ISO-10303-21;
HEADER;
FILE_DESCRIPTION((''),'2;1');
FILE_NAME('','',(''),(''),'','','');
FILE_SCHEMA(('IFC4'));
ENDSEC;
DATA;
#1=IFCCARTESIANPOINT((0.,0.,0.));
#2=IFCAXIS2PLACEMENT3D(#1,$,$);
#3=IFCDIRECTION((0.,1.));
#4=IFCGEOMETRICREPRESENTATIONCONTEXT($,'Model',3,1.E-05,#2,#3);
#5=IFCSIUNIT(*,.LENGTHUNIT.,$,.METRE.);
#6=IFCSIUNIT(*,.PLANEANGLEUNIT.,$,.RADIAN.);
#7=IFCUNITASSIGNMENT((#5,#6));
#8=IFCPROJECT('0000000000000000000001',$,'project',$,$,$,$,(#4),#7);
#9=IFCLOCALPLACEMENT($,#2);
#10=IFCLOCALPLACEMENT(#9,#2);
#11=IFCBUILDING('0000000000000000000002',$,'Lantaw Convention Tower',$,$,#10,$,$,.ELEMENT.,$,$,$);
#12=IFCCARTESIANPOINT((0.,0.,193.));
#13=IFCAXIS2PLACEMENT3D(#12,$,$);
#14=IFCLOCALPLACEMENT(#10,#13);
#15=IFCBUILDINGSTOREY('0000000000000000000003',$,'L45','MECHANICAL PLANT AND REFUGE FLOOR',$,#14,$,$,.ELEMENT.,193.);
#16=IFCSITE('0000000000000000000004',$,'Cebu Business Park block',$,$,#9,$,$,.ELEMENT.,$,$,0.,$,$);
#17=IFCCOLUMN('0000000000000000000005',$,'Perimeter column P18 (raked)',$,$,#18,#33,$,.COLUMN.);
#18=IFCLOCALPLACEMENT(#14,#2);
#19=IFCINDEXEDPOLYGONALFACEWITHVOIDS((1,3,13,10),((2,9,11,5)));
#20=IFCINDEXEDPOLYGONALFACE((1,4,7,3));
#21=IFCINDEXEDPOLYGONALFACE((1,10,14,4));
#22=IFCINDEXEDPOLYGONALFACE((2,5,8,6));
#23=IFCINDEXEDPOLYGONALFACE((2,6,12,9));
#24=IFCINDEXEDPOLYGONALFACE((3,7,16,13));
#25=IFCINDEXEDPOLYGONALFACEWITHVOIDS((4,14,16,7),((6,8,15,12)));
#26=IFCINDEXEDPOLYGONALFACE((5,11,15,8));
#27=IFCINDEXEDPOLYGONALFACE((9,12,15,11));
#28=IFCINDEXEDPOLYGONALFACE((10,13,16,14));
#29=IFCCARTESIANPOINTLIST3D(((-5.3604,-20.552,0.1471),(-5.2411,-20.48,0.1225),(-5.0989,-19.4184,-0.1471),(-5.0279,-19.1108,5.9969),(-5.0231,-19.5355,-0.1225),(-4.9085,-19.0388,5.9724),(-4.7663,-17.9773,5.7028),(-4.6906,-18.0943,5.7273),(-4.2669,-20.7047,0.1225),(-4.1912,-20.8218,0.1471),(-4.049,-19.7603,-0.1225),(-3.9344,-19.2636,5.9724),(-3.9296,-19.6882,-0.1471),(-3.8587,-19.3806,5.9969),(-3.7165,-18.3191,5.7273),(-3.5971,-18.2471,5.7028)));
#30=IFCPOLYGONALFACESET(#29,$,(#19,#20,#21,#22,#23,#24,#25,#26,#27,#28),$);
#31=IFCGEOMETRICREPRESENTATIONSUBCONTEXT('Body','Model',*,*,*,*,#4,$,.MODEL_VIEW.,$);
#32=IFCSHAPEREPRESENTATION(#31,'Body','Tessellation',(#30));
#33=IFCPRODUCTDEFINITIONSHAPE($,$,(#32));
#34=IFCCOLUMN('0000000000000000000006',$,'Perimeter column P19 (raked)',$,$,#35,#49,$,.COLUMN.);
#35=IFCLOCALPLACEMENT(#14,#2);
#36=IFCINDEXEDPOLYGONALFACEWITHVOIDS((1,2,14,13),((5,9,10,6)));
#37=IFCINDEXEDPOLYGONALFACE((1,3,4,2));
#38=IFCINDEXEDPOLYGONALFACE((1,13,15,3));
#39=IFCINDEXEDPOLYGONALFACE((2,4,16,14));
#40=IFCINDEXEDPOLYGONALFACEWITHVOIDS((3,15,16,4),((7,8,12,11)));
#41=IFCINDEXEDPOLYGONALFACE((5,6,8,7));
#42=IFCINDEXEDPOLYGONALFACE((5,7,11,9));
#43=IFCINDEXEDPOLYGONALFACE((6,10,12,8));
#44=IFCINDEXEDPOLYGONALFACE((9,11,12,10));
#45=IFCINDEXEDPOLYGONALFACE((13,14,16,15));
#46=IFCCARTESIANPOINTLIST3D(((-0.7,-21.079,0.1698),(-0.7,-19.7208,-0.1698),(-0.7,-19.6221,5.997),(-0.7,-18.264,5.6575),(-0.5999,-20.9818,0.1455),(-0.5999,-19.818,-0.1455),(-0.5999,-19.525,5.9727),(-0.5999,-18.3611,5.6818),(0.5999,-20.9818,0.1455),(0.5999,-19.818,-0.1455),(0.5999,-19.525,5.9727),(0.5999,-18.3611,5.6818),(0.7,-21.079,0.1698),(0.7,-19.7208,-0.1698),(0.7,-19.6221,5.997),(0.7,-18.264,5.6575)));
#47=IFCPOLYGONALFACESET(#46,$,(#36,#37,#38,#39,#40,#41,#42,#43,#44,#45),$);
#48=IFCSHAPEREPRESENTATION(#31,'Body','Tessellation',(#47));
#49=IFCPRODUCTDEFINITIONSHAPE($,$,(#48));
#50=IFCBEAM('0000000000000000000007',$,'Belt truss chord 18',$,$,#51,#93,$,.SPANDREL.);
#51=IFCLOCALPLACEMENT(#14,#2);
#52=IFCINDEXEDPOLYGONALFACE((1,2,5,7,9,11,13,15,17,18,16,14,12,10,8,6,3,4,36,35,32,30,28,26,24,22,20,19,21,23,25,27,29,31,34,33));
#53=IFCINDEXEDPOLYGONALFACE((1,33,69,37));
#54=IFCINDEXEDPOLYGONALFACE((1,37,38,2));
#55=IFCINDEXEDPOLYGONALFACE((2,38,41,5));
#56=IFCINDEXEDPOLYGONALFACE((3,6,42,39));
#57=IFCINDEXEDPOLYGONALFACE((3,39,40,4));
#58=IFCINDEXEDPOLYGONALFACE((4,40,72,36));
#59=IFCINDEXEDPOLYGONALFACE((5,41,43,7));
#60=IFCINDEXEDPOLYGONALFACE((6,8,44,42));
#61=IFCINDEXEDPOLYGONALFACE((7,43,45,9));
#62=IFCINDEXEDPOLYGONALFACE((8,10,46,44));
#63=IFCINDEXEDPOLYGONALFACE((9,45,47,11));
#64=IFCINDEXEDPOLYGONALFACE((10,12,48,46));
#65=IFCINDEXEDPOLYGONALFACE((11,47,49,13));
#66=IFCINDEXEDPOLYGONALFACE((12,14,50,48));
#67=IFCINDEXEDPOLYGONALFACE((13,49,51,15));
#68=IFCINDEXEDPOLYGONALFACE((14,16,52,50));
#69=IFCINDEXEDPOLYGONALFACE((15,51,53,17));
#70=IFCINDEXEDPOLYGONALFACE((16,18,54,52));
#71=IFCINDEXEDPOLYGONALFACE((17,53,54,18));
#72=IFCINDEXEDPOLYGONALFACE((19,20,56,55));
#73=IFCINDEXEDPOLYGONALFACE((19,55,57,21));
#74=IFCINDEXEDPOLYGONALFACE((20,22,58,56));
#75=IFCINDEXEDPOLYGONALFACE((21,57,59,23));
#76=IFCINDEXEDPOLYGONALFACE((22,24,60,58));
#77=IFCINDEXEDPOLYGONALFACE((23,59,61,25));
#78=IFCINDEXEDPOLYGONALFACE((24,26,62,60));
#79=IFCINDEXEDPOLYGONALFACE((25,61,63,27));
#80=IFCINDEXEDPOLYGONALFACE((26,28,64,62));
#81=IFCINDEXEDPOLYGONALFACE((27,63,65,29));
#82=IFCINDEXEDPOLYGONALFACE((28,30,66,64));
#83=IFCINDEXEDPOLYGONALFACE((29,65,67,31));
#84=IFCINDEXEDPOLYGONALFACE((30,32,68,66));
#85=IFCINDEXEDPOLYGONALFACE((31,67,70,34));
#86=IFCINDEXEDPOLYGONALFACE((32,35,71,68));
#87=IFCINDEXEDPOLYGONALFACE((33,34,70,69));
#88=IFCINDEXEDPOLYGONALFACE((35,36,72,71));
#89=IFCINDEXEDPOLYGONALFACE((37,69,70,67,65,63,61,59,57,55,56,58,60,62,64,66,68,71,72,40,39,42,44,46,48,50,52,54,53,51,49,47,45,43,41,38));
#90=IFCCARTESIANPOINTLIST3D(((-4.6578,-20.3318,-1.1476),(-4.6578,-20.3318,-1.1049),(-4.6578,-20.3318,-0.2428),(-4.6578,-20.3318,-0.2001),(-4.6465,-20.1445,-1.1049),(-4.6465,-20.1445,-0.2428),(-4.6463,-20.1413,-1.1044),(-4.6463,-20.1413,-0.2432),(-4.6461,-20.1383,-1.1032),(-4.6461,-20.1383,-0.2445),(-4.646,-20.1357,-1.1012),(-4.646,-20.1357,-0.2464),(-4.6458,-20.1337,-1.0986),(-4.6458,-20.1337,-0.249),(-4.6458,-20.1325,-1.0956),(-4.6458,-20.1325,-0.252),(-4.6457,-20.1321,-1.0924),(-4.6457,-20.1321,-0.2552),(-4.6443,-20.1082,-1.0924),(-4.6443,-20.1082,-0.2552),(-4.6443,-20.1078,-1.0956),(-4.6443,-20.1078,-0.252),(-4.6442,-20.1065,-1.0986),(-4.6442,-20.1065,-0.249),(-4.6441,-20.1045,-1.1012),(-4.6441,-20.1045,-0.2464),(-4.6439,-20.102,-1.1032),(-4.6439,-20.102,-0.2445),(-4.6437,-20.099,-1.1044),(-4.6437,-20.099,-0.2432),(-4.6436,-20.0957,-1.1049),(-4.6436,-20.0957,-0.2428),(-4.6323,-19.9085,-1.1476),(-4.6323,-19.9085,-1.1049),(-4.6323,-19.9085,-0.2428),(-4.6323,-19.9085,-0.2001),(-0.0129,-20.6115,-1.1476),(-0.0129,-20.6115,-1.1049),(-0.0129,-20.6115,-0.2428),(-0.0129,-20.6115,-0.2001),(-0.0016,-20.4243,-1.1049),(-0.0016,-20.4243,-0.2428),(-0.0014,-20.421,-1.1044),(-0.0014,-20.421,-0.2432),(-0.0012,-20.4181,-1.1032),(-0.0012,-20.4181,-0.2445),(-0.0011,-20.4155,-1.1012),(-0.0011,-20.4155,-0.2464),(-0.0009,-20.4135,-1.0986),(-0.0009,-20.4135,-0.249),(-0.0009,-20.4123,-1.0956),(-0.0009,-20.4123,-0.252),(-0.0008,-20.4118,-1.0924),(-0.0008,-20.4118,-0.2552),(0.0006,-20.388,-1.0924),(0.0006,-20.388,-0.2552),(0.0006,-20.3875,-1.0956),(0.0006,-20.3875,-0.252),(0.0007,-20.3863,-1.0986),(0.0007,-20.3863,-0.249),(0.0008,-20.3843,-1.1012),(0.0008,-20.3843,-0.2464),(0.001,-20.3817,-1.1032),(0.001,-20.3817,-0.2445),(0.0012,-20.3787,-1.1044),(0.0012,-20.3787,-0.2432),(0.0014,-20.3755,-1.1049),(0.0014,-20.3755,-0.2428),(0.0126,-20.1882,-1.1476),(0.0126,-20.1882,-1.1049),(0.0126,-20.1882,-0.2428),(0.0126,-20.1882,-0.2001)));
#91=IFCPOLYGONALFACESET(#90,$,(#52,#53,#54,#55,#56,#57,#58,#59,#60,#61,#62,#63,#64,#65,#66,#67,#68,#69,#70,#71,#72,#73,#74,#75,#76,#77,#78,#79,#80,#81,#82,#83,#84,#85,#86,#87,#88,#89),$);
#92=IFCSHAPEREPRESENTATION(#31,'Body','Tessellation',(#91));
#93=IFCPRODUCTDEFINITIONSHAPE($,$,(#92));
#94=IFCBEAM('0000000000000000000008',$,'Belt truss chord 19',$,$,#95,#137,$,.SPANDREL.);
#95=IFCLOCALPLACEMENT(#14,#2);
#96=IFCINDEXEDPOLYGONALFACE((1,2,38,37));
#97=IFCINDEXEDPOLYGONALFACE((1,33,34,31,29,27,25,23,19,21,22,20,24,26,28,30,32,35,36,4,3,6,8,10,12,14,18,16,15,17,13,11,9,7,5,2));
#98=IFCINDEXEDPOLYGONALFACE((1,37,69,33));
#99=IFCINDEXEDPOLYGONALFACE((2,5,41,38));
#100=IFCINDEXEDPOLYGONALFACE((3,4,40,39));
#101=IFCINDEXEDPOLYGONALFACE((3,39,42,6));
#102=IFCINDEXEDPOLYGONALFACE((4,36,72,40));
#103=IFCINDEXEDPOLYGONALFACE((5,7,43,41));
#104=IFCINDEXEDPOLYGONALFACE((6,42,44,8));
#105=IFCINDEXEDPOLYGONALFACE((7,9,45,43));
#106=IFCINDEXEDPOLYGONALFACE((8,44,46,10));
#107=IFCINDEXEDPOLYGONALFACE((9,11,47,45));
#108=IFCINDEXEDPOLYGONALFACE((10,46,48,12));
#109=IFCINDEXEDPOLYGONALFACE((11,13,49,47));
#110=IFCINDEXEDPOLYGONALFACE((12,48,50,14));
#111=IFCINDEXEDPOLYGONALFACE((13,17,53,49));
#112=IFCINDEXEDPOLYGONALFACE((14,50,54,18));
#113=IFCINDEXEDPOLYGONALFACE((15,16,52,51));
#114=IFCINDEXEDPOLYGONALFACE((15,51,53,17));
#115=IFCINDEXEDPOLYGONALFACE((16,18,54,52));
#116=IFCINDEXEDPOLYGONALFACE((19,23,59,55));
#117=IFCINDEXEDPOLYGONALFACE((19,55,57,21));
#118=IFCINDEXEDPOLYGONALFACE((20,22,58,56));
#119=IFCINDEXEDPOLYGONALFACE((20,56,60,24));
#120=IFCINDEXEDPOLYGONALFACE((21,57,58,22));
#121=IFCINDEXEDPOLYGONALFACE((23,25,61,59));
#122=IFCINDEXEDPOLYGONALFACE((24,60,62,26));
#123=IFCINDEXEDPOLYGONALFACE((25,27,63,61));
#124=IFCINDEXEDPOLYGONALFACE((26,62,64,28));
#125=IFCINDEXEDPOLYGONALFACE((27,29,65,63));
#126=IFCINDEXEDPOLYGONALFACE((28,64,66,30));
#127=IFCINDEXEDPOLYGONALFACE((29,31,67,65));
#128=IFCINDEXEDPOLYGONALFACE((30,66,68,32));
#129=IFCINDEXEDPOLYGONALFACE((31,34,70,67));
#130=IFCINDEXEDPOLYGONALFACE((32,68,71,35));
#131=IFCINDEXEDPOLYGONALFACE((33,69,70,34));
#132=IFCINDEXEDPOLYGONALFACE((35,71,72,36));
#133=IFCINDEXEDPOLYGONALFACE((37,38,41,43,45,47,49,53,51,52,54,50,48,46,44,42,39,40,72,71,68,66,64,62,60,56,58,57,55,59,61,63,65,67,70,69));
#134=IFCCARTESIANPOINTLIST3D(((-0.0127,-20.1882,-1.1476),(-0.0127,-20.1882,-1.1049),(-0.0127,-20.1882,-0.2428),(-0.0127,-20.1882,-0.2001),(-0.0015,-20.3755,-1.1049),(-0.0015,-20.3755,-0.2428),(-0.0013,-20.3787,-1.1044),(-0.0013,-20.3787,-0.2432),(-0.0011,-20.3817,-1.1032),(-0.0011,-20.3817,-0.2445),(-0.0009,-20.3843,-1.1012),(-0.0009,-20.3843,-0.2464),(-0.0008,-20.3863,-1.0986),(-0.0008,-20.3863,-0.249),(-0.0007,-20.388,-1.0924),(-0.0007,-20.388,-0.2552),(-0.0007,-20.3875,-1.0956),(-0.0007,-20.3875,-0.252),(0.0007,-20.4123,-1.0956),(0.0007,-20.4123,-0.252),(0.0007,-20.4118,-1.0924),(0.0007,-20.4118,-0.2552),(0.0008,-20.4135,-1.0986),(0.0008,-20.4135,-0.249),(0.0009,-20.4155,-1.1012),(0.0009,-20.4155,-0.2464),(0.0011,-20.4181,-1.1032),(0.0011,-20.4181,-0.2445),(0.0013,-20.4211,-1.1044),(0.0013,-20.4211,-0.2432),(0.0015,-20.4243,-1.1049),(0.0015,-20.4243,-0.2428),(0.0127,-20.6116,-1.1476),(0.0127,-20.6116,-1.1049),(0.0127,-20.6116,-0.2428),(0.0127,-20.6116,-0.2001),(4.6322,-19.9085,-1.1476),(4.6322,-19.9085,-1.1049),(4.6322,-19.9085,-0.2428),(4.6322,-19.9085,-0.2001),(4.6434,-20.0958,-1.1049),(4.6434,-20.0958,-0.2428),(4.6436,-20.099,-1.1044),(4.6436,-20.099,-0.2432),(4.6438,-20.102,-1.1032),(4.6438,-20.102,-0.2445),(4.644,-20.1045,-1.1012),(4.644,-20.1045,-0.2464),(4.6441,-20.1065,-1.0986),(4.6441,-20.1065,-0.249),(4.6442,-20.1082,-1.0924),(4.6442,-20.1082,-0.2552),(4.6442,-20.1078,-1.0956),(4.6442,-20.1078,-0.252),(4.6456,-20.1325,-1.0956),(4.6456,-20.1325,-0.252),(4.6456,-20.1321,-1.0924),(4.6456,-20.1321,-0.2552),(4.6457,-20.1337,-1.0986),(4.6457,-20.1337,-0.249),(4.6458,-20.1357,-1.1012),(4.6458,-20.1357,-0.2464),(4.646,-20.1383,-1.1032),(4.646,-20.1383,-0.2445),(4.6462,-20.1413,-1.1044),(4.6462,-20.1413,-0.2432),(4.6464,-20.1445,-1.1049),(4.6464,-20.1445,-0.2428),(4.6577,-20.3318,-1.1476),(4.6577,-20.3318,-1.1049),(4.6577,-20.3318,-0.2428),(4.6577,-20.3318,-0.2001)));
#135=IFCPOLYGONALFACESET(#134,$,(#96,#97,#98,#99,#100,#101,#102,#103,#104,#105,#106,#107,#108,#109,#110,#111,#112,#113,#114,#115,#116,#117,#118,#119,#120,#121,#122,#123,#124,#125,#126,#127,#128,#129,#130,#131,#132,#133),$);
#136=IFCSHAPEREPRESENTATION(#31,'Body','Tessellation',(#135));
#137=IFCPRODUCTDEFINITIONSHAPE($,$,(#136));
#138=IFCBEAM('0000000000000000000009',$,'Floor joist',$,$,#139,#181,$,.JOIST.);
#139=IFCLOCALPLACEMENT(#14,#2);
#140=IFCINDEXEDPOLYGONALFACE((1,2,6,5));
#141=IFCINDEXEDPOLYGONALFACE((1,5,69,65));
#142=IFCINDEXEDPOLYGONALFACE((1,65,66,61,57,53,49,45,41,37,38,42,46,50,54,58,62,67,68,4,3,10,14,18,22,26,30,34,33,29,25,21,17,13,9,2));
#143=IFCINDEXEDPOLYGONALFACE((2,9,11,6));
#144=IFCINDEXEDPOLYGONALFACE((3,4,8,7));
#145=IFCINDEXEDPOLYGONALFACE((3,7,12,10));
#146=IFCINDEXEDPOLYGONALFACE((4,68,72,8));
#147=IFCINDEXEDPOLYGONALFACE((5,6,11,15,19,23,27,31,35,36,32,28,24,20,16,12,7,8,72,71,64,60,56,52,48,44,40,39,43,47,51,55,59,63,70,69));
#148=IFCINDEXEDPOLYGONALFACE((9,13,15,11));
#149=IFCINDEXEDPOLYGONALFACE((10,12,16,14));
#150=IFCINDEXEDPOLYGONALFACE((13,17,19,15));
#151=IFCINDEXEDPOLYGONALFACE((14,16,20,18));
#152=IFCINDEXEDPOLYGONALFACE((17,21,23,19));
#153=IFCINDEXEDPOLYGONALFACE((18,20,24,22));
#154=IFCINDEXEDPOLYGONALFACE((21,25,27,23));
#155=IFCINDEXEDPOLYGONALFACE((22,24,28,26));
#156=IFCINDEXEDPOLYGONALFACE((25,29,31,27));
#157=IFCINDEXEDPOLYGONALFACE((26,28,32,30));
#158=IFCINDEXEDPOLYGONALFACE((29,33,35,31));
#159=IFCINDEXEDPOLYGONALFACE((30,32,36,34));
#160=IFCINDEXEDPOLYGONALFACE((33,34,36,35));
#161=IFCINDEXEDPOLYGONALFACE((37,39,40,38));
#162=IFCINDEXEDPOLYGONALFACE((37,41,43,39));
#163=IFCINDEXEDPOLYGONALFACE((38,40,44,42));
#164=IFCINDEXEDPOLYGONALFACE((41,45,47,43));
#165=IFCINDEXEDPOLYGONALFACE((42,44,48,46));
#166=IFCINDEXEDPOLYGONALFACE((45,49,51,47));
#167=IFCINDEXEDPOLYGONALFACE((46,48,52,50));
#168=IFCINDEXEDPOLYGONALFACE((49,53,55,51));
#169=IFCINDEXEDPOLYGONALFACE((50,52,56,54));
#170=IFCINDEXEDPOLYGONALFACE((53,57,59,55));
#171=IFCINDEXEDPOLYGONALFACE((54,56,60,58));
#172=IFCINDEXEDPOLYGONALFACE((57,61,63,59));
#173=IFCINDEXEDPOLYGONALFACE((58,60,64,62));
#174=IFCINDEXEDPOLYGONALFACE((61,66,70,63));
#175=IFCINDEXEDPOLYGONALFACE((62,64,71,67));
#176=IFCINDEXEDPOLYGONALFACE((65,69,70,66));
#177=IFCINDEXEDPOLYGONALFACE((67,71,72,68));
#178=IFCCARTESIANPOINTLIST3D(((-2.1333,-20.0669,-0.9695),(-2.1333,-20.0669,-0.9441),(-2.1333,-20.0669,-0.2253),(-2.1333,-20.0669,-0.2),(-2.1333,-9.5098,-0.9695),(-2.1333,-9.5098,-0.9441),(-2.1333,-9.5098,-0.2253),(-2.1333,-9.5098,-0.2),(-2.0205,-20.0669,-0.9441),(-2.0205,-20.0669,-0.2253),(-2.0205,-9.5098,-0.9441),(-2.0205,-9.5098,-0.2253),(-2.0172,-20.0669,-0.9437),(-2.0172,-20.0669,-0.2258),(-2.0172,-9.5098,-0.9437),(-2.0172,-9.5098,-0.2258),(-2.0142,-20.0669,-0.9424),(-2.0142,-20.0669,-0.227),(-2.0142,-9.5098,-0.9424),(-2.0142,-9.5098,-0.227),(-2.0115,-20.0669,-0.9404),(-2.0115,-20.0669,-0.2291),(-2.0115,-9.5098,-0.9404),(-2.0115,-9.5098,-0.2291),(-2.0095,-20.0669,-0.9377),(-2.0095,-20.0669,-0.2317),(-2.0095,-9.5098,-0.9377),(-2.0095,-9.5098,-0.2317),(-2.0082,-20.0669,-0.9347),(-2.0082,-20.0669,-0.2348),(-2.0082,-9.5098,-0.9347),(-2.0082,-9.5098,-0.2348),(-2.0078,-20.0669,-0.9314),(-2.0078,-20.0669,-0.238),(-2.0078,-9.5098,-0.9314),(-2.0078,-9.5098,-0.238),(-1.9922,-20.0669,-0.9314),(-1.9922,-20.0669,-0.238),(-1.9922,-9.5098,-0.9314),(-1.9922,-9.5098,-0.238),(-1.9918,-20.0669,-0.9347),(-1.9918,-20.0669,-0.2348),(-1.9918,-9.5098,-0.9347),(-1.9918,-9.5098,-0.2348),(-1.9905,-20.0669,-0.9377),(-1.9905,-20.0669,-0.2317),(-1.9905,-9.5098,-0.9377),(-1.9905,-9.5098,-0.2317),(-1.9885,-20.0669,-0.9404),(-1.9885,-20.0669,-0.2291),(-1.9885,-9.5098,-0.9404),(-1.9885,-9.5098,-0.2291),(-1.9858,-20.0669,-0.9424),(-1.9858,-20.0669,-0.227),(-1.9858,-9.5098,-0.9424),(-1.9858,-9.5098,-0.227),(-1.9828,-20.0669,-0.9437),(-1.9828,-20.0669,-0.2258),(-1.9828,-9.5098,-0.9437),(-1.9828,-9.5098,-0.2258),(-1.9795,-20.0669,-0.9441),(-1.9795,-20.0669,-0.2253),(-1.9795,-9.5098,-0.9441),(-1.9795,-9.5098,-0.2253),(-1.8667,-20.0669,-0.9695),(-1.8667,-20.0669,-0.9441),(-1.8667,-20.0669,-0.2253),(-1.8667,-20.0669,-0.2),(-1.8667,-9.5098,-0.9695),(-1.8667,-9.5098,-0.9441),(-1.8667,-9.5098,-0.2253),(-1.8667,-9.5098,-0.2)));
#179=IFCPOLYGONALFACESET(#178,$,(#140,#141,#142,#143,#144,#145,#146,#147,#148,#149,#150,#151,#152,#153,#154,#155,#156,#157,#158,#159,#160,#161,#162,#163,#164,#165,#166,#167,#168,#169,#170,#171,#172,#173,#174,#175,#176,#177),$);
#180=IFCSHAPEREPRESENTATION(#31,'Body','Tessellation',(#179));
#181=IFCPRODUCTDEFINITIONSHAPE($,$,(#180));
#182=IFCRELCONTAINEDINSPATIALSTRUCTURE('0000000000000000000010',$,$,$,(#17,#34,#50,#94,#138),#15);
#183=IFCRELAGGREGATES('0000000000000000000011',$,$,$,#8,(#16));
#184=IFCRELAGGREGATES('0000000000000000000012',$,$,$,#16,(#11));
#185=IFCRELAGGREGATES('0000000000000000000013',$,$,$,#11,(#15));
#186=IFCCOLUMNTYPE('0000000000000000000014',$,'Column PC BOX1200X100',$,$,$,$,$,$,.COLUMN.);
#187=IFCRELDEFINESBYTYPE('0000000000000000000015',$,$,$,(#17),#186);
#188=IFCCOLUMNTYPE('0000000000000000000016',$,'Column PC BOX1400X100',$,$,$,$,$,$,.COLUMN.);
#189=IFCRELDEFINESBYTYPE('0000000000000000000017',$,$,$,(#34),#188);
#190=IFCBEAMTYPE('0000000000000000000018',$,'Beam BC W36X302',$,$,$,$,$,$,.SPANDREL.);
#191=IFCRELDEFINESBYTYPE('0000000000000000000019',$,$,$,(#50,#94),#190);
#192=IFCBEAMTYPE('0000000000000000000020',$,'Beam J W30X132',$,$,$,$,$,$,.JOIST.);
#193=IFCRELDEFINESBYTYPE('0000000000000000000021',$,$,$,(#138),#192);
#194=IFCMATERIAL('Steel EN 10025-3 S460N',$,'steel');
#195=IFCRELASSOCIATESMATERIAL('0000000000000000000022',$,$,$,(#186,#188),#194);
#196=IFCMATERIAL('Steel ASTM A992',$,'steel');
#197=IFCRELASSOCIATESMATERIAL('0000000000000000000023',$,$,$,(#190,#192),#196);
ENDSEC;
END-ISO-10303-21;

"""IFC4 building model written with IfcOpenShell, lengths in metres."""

from ifc_helpers import new_model, si_unit, direction, frame, origin, origin_2d, place, context, subcontext, project, spatial, rectangle, hollow_rectangle, i_section, extrude, material, material_profile, profile_set, type_object, element, save


model = new_model("IFC4")

# Units and contexts
model_context = context("Model", 3, precision=1e-05, world=origin(), true_north=direction((0.0, 1.0)))
body_context = subcontext(model_context, "Body", "Model", "MODEL_VIEW")
ifc_project = project(units=[si_unit("LENGTHUNIT", "METRE"), si_unit("PLANEANGLEUNIT", "RADIAN")], contexts=[model_context])

# Site, building, storey
site_placement = place(None, origin())
site = spatial("IfcSite", under=ifc_project, at=site_placement, Name="Cebu Business Park block", CompositionType="ELEMENT", RefElevation=0.0)
building_placement = place(site_placement, origin())
building = spatial("IfcBuilding", under=site, at=building_placement, Name="Lantaw Convention Tower", CompositionType="ELEMENT")
storey_placement = place(building_placement, frame((0.0, 0.0, 193.0)))
storey = spatial("IfcBuildingStorey", under=building, at=storey_placement, Name="L45", Description="MECHANICAL PLANT AND REFUGE FLOOR", CompositionType="ELEMENT", Elevation=193.0)

# Columns
ifc_material_1 = material(Name="Steel EN 10025-3 S460N", Category="steel")
ifc_material_profile_1 = material_profile(ifc_material_1, hollow_rectangle(XDim=1.2, YDim=1.2, WallThickness=0.1001, at=origin_2d()), Name="BOX1200X100")
ifc_material_2 = material(Name="Concrete C60/75", Category="concrete")
ifc_material_profile_2 = material_profile(ifc_material_2, rectangle(XDim=1.0, YDim=1.0, at=origin_2d()), Name="Concrete fill of BOX1200X100")
ifc_profile_set_1 = profile_set([ifc_material_profile_1, ifc_material_profile_2], Name="Steel EN 10025-3 S460N")
column_type_1 = type_object("IfcColumnType", Name="Column PC BOX1200X100", PredefinedType="COLUMN", material=ifc_profile_set_1)
column_1_placement = place(storey_placement, frame((-4.645, -20.1201, 0.0), z_axis=(0.055108, 0.238843, 0.969493), x_axis=(-0.9744, 0.224823, 0.0)))
element("IfcColumn", 1, at=column_1_placement, inside=storey, type_object=column_type_1, Name="Perimeter column P18 (raked)", PredefinedType="COLUMN", context=body_context, shape_type="SweptSolid", body=[
    extrude(hollow_rectangle(XDim=1.2, YDim=1.2, WallThickness=0.1001, at=origin_2d()), origin(), (0.0, 0.0, 1.0), 6.0339),
])
ifc_material_profile_3 = material_profile(ifc_material_1, hollow_rectangle(XDim=1.3999, YDim=1.3999, WallThickness=0.1001, at=origin_2d()), Name="BOX1400X100")
ifc_material_profile_4 = material_profile(ifc_material_2, rectangle(XDim=1.2, YDim=1.2, at=origin_2d()), Name="Concrete fill of BOX1400X100")
ifc_profile_set_2 = profile_set([ifc_material_profile_3, ifc_material_profile_4], Name="Steel EN 10025-3 S460N")
column_type_2 = type_object("IfcColumnType", Name="Column PC BOX1400X100", PredefinedType="COLUMN", material=ifc_profile_set_2)
column_2_placement = place(storey_placement, frame((0.0, -20.3999, 0.0), z_axis=(0.0, 0.242536, 0.970143), x_axis=(-1.0, 0.0, 0.0)))
element("IfcColumn", 2, at=column_2_placement, inside=storey, type_object=column_type_2, Name="Perimeter column P19 (raked)", PredefinedType="COLUMN", context=body_context, shape_type="SweptSolid", body=[
    extrude(hollow_rectangle(XDim=1.3999, YDim=1.3999, WallThickness=0.1001, at=origin_2d()), origin(), (0.0, 0.0, 1.0), 6.0066),
])

# Beams
ifc_material_3 = material(Name="Steel ASTM A992", Category="steel")
ifc_material_profile_5 = material_profile(ifc_material_3, i_section(OverallWidth=0.4241, OverallDepth=0.9475, WebThickness=0.0239, FlangeThickness=0.0427, FilletRadius=0.0125, at=origin_2d()), Name="W36X302")
ifc_profile_set_3 = profile_set([ifc_material_profile_5], Name="Steel ASTM A992")
beam_type_1 = type_object("IfcBeamType", Name="Beam BC W36X302", PredefinedType="SPANDREL", material=ifc_profile_set_3)
for number, where, z_axis, x_axis, name in (
    (3, (-4.645, -20.1201, -0.6738), (0.998191, -0.060124, 0.0), (0.060124, 0.998191, 0.0), "Belt truss chord 18"),
    (4, (0.0, -20.3999, -0.6738), (0.998191, 0.060124, 0.0), (-0.060124, 0.998191, 0.0), "Belt truss chord 19"),
):
    element("IfcBeam", number, at=place(storey_placement, frame(where, z_axis=z_axis, x_axis=x_axis)), inside=storey, type_object=beam_type_1, Name=name, PredefinedType="SPANDREL", context=body_context, shape_type="SweptSolid", body=[
        extrude(i_section(OverallWidth=0.4241, OverallDepth=0.9475, WebThickness=0.0239, FlangeThickness=0.0427, FilletRadius=0.0125, at=origin_2d()), origin(), (0.0, 0.0, 1.0), 4.6533),
    ])
ifc_material_profile_6 = material_profile(ifc_material_3, i_section(OverallWidth=0.2666, OverallDepth=0.7695, WebThickness=0.0156, FlangeThickness=0.0254, FilletRadius=0.0127, at=origin_2d()), Name="W30X132")
ifc_profile_set_4 = profile_set([ifc_material_profile_6], Name="Steel ASTM A992")
beam_type_2 = type_object("IfcBeamType", Name="Beam J W30X132", PredefinedType="JOIST", material=ifc_profile_set_4)
beam_placement = place(storey_placement, frame((-2.0, -20.0669, -0.5847), z_axis=(0.0, 1.0, 0.0), x_axis=(-1.0, 0.0, 0.0)))
element("IfcBeam", 5, at=beam_placement, inside=storey, type_object=beam_type_2, Name="Floor joist", PredefinedType="JOIST", context=body_context, shape_type="SweptSolid", body=[
    extrude(i_section(OverallWidth=0.2666, OverallDepth=0.7695, WebThickness=0.0156, FlangeThickness=0.0254, FilletRadius=0.0127, at=origin_2d()), origin(), (0.0, 0.0, 1.0), 10.5571),
])

save(model, "model.ifc")
